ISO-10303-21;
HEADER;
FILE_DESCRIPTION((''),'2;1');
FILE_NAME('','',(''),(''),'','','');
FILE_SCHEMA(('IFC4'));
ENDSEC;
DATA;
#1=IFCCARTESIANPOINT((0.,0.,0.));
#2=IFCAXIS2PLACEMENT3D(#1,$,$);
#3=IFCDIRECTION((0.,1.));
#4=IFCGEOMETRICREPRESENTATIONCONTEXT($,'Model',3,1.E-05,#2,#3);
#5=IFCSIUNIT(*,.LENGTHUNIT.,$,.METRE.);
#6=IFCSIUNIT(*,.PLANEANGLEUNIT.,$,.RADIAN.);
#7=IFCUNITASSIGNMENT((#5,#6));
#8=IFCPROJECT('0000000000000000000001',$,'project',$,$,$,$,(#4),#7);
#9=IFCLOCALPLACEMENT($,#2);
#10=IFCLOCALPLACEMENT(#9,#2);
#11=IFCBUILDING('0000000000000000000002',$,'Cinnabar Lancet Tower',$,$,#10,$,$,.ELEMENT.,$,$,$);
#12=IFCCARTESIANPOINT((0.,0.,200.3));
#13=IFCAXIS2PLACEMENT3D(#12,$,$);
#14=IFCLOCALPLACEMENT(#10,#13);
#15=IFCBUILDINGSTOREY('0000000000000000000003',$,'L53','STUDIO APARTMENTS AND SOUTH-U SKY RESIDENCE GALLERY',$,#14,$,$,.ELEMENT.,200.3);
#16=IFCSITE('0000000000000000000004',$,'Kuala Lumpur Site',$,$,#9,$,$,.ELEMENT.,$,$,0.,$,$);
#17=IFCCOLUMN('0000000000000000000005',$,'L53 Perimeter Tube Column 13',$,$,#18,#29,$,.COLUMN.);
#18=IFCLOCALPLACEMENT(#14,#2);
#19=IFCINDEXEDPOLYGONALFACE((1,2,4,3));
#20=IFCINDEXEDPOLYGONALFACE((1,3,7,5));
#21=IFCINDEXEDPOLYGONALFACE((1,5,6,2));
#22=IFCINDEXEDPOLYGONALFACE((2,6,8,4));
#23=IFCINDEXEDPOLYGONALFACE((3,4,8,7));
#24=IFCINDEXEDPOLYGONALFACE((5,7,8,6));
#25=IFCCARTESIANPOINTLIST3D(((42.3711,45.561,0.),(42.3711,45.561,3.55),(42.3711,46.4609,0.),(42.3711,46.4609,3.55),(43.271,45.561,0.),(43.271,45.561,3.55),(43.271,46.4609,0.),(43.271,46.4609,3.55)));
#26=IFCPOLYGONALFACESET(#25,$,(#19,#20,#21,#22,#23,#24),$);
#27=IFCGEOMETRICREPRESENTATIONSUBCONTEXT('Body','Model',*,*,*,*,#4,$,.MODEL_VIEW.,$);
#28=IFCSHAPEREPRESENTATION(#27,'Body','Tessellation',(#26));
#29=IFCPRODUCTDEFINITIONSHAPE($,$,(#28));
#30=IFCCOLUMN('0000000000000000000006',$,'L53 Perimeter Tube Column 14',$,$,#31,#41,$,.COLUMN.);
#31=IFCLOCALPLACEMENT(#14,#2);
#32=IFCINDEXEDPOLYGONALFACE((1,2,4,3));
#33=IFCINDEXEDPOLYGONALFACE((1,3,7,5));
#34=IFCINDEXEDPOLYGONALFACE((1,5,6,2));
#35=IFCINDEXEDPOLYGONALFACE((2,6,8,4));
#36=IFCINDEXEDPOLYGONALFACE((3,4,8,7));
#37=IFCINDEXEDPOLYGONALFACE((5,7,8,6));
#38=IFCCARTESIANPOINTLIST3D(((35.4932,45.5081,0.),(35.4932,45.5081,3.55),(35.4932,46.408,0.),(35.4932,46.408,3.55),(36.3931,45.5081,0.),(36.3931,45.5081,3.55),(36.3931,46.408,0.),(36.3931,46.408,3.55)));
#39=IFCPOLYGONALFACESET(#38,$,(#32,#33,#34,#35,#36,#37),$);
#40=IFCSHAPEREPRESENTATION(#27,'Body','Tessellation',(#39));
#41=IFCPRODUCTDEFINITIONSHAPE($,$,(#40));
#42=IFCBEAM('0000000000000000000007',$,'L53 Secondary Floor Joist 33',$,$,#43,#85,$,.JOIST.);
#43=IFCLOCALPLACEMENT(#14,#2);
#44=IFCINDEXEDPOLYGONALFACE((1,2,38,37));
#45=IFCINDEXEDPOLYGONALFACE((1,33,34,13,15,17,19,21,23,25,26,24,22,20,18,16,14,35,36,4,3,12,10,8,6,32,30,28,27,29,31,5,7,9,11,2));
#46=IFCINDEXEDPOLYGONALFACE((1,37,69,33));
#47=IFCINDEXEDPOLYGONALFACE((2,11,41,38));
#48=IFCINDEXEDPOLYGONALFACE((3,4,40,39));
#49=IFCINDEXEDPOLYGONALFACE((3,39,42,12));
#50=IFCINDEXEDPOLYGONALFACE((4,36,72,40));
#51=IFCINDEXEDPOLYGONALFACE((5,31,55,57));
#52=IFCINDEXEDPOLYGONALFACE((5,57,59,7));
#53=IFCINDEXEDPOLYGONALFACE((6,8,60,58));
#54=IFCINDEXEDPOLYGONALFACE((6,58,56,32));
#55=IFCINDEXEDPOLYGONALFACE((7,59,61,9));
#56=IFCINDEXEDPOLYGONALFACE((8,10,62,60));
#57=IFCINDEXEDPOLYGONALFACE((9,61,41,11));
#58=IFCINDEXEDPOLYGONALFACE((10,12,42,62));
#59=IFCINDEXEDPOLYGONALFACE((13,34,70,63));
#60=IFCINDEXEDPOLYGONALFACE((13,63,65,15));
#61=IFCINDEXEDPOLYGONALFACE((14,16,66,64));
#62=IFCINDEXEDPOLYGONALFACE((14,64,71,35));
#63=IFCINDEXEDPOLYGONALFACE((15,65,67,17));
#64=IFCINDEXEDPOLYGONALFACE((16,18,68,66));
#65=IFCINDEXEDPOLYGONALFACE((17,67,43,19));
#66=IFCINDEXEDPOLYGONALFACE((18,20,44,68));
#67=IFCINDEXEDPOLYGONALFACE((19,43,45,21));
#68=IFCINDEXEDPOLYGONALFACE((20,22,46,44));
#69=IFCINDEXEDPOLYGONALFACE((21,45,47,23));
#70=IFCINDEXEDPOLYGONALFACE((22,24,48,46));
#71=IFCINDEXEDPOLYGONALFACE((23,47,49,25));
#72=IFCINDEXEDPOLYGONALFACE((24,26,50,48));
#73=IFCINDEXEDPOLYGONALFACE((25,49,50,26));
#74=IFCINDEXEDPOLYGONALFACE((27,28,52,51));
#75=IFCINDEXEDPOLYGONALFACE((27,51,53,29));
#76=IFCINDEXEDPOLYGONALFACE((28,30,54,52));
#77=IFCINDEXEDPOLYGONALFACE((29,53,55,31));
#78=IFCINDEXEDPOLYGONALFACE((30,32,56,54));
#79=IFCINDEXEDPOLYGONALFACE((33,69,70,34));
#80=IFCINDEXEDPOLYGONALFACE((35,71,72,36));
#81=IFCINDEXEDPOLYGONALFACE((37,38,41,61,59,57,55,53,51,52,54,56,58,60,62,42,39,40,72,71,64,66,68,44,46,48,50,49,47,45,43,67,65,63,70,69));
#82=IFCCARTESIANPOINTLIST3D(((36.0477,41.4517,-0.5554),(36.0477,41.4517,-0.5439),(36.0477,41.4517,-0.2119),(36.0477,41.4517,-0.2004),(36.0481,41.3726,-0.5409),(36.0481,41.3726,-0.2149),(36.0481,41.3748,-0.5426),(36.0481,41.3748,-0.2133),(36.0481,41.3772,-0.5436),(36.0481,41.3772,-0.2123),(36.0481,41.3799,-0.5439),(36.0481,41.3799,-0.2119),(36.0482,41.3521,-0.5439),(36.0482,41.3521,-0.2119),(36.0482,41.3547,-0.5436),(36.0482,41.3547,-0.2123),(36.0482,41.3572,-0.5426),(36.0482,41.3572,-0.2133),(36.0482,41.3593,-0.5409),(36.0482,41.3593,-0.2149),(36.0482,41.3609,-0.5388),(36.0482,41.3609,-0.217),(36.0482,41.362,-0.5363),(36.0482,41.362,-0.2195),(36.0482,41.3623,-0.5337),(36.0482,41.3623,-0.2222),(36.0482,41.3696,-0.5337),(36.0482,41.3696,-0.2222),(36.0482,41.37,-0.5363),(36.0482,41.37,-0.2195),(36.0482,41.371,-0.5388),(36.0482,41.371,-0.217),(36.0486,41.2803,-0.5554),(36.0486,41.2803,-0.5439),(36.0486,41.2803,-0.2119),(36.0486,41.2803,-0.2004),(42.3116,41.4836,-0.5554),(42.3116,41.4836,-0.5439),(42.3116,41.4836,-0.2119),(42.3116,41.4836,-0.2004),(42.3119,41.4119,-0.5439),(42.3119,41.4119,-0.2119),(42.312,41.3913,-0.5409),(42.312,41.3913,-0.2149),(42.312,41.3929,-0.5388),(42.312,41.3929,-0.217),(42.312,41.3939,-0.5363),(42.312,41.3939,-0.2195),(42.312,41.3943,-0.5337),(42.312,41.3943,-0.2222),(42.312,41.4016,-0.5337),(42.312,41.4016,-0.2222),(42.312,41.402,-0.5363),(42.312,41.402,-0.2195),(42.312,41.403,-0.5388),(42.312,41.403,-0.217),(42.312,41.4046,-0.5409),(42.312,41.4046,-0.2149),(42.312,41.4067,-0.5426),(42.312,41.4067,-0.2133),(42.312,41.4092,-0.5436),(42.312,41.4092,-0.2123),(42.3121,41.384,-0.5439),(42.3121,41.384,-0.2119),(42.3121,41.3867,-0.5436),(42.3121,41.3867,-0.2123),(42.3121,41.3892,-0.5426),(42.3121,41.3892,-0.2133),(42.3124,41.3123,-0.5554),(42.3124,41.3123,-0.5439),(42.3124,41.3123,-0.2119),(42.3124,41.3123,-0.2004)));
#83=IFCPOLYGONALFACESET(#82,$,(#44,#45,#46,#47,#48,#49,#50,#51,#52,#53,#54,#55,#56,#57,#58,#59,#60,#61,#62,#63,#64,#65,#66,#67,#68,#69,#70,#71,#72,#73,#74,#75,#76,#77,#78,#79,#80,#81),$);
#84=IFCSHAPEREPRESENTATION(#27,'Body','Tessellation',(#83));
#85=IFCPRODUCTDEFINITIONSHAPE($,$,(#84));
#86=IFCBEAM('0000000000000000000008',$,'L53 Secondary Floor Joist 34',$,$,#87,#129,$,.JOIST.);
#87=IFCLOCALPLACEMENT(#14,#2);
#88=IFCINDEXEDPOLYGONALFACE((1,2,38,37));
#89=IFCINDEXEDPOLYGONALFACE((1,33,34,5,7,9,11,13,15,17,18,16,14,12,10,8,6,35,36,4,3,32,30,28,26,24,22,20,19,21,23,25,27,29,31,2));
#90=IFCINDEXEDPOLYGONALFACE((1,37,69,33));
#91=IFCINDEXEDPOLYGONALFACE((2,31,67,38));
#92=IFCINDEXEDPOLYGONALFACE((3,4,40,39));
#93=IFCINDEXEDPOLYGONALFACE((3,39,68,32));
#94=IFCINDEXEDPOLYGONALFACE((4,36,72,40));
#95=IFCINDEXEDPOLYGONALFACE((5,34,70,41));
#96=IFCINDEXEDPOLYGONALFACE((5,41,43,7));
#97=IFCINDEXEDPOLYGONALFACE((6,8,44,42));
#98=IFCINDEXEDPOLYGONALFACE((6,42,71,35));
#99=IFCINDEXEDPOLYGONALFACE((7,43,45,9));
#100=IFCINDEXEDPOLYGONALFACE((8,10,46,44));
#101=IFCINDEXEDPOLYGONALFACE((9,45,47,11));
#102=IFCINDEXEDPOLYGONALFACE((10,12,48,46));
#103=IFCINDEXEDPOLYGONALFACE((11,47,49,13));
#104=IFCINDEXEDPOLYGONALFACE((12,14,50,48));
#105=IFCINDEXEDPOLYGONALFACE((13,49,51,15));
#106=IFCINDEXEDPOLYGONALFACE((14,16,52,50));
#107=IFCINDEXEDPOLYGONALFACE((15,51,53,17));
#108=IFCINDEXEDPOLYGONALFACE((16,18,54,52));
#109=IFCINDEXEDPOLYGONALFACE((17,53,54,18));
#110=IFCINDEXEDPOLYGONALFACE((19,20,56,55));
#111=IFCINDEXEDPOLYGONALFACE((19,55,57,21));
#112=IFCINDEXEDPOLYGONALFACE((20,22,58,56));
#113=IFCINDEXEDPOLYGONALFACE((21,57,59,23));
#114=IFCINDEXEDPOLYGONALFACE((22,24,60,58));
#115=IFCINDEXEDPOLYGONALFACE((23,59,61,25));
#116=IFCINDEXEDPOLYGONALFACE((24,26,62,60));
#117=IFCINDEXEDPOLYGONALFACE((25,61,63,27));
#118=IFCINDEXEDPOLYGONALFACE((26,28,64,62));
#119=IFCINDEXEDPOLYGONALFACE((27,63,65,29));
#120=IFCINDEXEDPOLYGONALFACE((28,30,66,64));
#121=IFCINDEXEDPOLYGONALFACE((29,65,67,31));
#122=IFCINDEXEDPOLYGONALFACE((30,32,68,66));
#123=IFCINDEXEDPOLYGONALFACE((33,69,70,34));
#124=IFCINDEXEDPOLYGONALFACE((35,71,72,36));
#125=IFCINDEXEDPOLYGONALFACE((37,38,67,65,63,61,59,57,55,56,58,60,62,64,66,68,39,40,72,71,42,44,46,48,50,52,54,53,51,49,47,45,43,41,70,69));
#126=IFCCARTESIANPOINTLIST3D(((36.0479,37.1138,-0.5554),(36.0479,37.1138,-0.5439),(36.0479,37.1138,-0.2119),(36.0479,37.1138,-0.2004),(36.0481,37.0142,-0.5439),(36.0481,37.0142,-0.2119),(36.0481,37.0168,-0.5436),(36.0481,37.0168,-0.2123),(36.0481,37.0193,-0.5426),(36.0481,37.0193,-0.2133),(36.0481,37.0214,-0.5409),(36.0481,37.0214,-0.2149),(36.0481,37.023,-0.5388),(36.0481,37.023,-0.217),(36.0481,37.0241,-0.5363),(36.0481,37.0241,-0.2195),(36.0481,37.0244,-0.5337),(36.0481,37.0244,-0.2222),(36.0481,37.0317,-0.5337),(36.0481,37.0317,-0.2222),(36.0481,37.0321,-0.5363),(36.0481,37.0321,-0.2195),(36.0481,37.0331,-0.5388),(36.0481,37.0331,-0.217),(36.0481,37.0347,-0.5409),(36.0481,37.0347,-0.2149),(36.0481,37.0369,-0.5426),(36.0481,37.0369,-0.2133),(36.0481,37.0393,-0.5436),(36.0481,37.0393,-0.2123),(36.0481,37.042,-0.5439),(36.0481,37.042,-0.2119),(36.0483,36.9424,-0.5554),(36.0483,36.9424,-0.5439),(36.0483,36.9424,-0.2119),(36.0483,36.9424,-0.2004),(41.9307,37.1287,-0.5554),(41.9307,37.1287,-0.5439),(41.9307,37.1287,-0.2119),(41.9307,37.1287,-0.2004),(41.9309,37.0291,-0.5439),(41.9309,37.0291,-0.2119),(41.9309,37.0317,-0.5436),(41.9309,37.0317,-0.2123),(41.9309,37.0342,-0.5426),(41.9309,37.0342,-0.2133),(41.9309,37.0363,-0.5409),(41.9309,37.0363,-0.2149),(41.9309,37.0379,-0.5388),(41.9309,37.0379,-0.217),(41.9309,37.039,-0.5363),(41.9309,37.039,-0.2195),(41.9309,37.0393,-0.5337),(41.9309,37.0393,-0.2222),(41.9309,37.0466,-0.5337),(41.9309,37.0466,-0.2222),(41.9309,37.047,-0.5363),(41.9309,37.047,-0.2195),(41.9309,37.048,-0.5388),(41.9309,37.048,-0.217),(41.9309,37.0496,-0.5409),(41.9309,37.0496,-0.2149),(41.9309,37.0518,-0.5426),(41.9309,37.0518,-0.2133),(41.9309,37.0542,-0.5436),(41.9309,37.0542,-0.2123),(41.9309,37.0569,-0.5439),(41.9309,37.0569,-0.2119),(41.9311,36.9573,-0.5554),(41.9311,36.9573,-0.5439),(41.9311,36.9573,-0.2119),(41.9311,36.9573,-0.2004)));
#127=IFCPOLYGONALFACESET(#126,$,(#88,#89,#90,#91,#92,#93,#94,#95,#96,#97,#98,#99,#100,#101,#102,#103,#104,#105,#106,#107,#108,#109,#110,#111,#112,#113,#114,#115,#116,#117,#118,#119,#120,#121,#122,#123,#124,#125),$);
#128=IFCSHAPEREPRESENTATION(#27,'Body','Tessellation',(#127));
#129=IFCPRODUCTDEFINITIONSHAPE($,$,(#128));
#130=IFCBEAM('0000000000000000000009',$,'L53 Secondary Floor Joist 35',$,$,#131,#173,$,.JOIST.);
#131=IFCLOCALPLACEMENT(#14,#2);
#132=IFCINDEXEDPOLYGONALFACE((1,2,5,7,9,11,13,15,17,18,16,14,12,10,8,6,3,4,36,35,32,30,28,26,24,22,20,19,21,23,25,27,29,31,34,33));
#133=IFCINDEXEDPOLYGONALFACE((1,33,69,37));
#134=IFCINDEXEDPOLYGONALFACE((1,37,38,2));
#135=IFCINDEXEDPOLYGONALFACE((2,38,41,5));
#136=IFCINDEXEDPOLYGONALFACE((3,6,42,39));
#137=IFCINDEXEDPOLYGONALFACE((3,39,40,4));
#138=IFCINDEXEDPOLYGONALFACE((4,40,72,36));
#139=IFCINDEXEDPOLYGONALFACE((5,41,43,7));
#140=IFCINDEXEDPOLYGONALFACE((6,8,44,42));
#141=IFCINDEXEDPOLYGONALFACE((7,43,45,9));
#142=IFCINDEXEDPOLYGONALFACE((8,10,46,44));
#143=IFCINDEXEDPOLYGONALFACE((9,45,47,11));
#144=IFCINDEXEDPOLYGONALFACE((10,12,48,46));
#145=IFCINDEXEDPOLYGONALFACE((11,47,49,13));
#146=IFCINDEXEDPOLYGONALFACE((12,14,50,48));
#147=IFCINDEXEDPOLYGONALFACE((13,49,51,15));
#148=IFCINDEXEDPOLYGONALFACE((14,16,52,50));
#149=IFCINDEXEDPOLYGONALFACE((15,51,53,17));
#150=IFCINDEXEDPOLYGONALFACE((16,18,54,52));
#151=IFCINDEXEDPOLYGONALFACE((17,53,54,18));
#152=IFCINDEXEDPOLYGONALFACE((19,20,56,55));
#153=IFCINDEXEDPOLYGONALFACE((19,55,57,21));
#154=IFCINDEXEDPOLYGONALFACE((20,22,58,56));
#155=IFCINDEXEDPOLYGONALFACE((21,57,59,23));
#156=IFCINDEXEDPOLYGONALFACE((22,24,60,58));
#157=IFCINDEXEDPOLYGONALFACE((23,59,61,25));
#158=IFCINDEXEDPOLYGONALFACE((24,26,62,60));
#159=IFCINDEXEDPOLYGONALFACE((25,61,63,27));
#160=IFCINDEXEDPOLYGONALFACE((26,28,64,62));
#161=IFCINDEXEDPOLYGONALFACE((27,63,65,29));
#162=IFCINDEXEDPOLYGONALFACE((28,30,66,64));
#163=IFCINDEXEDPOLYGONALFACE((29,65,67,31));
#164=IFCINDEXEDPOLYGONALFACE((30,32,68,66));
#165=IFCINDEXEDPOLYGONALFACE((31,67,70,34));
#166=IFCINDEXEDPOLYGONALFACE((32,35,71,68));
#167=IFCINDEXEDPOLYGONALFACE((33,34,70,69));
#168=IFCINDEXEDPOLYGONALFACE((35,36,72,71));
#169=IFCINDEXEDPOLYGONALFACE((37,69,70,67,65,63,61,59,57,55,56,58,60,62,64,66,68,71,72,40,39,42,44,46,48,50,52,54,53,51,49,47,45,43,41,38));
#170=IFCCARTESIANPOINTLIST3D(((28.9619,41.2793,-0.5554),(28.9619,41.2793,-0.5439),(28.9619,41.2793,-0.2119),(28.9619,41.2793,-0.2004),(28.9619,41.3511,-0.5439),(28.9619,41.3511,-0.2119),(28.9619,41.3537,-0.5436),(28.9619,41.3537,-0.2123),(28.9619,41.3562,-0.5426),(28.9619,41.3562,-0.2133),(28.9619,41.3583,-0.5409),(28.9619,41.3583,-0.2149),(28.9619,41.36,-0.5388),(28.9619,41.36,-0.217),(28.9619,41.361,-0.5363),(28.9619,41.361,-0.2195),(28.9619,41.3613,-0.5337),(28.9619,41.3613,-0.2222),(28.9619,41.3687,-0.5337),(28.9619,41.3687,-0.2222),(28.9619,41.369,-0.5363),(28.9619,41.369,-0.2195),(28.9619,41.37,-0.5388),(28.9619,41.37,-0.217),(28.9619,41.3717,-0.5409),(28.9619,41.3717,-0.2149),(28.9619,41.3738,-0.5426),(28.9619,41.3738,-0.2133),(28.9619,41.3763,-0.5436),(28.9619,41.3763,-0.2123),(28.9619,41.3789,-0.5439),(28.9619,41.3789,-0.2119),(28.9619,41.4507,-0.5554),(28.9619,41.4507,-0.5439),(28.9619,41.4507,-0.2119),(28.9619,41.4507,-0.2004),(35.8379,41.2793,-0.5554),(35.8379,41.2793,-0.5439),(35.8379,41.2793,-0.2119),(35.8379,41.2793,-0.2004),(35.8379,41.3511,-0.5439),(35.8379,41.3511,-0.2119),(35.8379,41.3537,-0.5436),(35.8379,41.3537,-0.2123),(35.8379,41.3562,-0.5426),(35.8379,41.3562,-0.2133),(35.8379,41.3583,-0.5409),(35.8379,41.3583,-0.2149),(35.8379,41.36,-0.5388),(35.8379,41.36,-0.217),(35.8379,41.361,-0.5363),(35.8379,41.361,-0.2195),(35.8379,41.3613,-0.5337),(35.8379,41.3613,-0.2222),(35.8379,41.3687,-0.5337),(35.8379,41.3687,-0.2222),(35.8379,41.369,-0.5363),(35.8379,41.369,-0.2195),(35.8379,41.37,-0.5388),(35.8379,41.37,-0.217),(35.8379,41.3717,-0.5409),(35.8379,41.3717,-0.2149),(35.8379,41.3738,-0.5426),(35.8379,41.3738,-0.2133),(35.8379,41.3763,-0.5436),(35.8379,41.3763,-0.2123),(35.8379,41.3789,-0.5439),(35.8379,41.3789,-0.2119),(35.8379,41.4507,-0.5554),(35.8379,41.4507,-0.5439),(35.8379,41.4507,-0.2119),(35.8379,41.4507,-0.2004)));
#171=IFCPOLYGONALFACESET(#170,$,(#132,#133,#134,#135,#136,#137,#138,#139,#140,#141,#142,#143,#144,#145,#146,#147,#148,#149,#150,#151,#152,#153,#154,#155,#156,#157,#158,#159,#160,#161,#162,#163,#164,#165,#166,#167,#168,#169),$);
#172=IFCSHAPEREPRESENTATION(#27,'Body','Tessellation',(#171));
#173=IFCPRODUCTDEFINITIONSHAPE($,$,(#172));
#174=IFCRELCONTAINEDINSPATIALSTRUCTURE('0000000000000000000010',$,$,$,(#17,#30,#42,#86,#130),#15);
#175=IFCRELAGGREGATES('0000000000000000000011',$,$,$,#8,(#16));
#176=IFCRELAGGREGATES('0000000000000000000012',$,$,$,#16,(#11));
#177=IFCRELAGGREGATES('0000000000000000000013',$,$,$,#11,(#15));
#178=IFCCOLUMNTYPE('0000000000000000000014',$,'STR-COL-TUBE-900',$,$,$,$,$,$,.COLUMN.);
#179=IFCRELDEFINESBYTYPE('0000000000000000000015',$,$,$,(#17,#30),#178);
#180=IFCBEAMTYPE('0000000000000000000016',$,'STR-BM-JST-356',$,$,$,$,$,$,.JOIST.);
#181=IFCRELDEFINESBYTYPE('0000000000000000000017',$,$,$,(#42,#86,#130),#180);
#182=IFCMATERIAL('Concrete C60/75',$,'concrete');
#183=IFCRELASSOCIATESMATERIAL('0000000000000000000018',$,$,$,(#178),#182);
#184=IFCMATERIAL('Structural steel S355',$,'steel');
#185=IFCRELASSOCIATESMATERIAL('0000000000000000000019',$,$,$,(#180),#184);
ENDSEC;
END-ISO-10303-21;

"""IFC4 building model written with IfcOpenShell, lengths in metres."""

from ifc_helpers import new_model, si_unit, direction, frame, origin, origin_2d, place, context, subcontext, project, spatial, rectangle, i_section, extrude, material, material_profile, profile_set, type_object, element, save


model = new_model("IFC4")

# Units and contexts
model_context = context("Model", 3, precision=1e-05, world=origin(), true_north=direction((0.0, 1.0)))
body_context = subcontext(model_context, "Body", "Model", "MODEL_VIEW")
ifc_project = project(units=[si_unit("LENGTHUNIT", "METRE"), si_unit("PLANEANGLEUNIT", "RADIAN")], contexts=[model_context])

# Site, building, storey
site_placement = place(None, origin())
site = spatial("IfcSite", under=ifc_project, at=site_placement, Name="Kuala Lumpur Site", CompositionType="ELEMENT", RefElevation=0.0)
building_placement = place(site_placement, origin())
building = spatial("IfcBuilding", under=site, at=building_placement, Name="Cinnabar Lancet Tower", CompositionType="ELEMENT")
storey_placement = place(building_placement, frame((0.0, 0.0, 200.3)))
storey = spatial("IfcBuildingStorey", under=building, at=storey_placement, Name="L53", Description="STUDIO APARTMENTS AND SOUTH-U SKY RESIDENCE GALLERY", CompositionType="ELEMENT", Elevation=200.3)

# Columns
ifc_material_1 = material(Name="Concrete C60/75", Category="concrete")
ifc_material_profile_1 = material_profile(ifc_material_1, rectangle(XDim=0.8999, YDim=0.8999, at=origin_2d()), Name="RC-COL 900x900")
ifc_profile_set_1 = profile_set([ifc_material_profile_1], Name="Concrete C60/75")
column_type = type_object("IfcColumnType", Name="STR-COL-TUBE-900", PredefinedType="COLUMN", material=ifc_profile_set_1)
for number, where, z_axis, x_axis, name in (
    (1, (42.821, 46.011, 0.0), (0.0, 0.0, 1.0), (1.0, 0.0, 0.0), "L53 Perimeter Tube Column 13"),
    (2, (35.9431, 45.958, 0.0), (0.0, 0.0, 1.0), (1.0, 0.0, 0.0), "L53 Perimeter Tube Column 14"),
):
    element("IfcColumn", number, at=place(storey_placement, frame(where, z_axis=z_axis, x_axis=x_axis)), inside=storey, type_object=column_type, Name=name, PredefinedType="COLUMN", context=body_context, shape_type="SweptSolid", body=[
        extrude(rectangle(XDim=0.8999, YDim=0.8999, at=origin_2d()), origin(), (0.0, 0.0, 1.0), 3.55),
    ])

# Beams
ifc_material_2 = material(Name="Structural steel S355", Category="steel")
ifc_material_profile_2 = material_profile(ifc_material_2, i_section(OverallWidth=0.1714, OverallDepth=0.355, WebThickness=0.0073, FlangeThickness=0.0115, FilletRadius=0.0103, at=origin_2d()), Name="UKB 356x171x51")
ifc_profile_set_2 = profile_set([ifc_material_profile_2], Name="Structural steel S355")
beam_type_1 = type_object("IfcBeamType", Name="STR-BM-JST-356", PredefinedType="JOIST", material=ifc_profile_set_2)
beam_1_placement = place(storey_placement, frame((42.312, 41.3979, -0.3779), z_axis=(-0.999987, -0.005106, 0.0), x_axis=(0.005106, -0.999987, 0.0)))
element("IfcBeam", 3, at=beam_1_placement, inside=storey, type_object=beam_type_1, Name="L53 Secondary Floor Joist 33", PredefinedType="JOIST", context=body_context, shape_type="SweptSolid", body=[
    extrude(i_section(OverallWidth=0.1714, OverallDepth=0.355, WebThickness=0.0073, FlangeThickness=0.0115, FilletRadius=0.0103, at=origin_2d()), origin(), (0.0, 0.0, 1.0), 6.2639),
])
beam_2_placement = place(storey_placement, frame((41.9309, 37.043, -0.3779), z_axis=(-0.999997, -0.002532, 0.0), x_axis=(0.002532, -0.999997, 0.0)))
element("IfcBeam", 4, at=beam_2_placement, inside=storey, type_object=beam_type_1, Name="L53 Secondary Floor Joist 34", PredefinedType="JOIST", context=body_context, shape_type="SweptSolid", body=[
    extrude(i_section(OverallWidth=0.1714, OverallDepth=0.355, WebThickness=0.0073, FlangeThickness=0.0115, FilletRadius=0.0103, at=origin_2d()), origin(), (0.0, 0.0, 1.0), 5.8828),
])
for number, where, z_axis, x_axis, name in (
    (5, (35.8379, 41.365, -0.3779), (-1.0, 0.0, 0.0), (0.0, -1.0, 0.0), "L53 Secondary Floor Joist 35"),
):
    element("IfcBeam", number, at=place(storey_placement, frame(where, z_axis=z_axis, x_axis=x_axis)), inside=storey, type_object=beam_type_1, Name=name, PredefinedType="JOIST", context=body_context, shape_type="SweptSolid", body=[
        extrude(i_section(OverallWidth=0.1714, OverallDepth=0.355, WebThickness=0.0073, FlangeThickness=0.0115, FilletRadius=0.0103, at=origin_2d()), origin(), (0.0, 0.0, 1.0), 6.876),
    ])

save(model, "model.ifc")
